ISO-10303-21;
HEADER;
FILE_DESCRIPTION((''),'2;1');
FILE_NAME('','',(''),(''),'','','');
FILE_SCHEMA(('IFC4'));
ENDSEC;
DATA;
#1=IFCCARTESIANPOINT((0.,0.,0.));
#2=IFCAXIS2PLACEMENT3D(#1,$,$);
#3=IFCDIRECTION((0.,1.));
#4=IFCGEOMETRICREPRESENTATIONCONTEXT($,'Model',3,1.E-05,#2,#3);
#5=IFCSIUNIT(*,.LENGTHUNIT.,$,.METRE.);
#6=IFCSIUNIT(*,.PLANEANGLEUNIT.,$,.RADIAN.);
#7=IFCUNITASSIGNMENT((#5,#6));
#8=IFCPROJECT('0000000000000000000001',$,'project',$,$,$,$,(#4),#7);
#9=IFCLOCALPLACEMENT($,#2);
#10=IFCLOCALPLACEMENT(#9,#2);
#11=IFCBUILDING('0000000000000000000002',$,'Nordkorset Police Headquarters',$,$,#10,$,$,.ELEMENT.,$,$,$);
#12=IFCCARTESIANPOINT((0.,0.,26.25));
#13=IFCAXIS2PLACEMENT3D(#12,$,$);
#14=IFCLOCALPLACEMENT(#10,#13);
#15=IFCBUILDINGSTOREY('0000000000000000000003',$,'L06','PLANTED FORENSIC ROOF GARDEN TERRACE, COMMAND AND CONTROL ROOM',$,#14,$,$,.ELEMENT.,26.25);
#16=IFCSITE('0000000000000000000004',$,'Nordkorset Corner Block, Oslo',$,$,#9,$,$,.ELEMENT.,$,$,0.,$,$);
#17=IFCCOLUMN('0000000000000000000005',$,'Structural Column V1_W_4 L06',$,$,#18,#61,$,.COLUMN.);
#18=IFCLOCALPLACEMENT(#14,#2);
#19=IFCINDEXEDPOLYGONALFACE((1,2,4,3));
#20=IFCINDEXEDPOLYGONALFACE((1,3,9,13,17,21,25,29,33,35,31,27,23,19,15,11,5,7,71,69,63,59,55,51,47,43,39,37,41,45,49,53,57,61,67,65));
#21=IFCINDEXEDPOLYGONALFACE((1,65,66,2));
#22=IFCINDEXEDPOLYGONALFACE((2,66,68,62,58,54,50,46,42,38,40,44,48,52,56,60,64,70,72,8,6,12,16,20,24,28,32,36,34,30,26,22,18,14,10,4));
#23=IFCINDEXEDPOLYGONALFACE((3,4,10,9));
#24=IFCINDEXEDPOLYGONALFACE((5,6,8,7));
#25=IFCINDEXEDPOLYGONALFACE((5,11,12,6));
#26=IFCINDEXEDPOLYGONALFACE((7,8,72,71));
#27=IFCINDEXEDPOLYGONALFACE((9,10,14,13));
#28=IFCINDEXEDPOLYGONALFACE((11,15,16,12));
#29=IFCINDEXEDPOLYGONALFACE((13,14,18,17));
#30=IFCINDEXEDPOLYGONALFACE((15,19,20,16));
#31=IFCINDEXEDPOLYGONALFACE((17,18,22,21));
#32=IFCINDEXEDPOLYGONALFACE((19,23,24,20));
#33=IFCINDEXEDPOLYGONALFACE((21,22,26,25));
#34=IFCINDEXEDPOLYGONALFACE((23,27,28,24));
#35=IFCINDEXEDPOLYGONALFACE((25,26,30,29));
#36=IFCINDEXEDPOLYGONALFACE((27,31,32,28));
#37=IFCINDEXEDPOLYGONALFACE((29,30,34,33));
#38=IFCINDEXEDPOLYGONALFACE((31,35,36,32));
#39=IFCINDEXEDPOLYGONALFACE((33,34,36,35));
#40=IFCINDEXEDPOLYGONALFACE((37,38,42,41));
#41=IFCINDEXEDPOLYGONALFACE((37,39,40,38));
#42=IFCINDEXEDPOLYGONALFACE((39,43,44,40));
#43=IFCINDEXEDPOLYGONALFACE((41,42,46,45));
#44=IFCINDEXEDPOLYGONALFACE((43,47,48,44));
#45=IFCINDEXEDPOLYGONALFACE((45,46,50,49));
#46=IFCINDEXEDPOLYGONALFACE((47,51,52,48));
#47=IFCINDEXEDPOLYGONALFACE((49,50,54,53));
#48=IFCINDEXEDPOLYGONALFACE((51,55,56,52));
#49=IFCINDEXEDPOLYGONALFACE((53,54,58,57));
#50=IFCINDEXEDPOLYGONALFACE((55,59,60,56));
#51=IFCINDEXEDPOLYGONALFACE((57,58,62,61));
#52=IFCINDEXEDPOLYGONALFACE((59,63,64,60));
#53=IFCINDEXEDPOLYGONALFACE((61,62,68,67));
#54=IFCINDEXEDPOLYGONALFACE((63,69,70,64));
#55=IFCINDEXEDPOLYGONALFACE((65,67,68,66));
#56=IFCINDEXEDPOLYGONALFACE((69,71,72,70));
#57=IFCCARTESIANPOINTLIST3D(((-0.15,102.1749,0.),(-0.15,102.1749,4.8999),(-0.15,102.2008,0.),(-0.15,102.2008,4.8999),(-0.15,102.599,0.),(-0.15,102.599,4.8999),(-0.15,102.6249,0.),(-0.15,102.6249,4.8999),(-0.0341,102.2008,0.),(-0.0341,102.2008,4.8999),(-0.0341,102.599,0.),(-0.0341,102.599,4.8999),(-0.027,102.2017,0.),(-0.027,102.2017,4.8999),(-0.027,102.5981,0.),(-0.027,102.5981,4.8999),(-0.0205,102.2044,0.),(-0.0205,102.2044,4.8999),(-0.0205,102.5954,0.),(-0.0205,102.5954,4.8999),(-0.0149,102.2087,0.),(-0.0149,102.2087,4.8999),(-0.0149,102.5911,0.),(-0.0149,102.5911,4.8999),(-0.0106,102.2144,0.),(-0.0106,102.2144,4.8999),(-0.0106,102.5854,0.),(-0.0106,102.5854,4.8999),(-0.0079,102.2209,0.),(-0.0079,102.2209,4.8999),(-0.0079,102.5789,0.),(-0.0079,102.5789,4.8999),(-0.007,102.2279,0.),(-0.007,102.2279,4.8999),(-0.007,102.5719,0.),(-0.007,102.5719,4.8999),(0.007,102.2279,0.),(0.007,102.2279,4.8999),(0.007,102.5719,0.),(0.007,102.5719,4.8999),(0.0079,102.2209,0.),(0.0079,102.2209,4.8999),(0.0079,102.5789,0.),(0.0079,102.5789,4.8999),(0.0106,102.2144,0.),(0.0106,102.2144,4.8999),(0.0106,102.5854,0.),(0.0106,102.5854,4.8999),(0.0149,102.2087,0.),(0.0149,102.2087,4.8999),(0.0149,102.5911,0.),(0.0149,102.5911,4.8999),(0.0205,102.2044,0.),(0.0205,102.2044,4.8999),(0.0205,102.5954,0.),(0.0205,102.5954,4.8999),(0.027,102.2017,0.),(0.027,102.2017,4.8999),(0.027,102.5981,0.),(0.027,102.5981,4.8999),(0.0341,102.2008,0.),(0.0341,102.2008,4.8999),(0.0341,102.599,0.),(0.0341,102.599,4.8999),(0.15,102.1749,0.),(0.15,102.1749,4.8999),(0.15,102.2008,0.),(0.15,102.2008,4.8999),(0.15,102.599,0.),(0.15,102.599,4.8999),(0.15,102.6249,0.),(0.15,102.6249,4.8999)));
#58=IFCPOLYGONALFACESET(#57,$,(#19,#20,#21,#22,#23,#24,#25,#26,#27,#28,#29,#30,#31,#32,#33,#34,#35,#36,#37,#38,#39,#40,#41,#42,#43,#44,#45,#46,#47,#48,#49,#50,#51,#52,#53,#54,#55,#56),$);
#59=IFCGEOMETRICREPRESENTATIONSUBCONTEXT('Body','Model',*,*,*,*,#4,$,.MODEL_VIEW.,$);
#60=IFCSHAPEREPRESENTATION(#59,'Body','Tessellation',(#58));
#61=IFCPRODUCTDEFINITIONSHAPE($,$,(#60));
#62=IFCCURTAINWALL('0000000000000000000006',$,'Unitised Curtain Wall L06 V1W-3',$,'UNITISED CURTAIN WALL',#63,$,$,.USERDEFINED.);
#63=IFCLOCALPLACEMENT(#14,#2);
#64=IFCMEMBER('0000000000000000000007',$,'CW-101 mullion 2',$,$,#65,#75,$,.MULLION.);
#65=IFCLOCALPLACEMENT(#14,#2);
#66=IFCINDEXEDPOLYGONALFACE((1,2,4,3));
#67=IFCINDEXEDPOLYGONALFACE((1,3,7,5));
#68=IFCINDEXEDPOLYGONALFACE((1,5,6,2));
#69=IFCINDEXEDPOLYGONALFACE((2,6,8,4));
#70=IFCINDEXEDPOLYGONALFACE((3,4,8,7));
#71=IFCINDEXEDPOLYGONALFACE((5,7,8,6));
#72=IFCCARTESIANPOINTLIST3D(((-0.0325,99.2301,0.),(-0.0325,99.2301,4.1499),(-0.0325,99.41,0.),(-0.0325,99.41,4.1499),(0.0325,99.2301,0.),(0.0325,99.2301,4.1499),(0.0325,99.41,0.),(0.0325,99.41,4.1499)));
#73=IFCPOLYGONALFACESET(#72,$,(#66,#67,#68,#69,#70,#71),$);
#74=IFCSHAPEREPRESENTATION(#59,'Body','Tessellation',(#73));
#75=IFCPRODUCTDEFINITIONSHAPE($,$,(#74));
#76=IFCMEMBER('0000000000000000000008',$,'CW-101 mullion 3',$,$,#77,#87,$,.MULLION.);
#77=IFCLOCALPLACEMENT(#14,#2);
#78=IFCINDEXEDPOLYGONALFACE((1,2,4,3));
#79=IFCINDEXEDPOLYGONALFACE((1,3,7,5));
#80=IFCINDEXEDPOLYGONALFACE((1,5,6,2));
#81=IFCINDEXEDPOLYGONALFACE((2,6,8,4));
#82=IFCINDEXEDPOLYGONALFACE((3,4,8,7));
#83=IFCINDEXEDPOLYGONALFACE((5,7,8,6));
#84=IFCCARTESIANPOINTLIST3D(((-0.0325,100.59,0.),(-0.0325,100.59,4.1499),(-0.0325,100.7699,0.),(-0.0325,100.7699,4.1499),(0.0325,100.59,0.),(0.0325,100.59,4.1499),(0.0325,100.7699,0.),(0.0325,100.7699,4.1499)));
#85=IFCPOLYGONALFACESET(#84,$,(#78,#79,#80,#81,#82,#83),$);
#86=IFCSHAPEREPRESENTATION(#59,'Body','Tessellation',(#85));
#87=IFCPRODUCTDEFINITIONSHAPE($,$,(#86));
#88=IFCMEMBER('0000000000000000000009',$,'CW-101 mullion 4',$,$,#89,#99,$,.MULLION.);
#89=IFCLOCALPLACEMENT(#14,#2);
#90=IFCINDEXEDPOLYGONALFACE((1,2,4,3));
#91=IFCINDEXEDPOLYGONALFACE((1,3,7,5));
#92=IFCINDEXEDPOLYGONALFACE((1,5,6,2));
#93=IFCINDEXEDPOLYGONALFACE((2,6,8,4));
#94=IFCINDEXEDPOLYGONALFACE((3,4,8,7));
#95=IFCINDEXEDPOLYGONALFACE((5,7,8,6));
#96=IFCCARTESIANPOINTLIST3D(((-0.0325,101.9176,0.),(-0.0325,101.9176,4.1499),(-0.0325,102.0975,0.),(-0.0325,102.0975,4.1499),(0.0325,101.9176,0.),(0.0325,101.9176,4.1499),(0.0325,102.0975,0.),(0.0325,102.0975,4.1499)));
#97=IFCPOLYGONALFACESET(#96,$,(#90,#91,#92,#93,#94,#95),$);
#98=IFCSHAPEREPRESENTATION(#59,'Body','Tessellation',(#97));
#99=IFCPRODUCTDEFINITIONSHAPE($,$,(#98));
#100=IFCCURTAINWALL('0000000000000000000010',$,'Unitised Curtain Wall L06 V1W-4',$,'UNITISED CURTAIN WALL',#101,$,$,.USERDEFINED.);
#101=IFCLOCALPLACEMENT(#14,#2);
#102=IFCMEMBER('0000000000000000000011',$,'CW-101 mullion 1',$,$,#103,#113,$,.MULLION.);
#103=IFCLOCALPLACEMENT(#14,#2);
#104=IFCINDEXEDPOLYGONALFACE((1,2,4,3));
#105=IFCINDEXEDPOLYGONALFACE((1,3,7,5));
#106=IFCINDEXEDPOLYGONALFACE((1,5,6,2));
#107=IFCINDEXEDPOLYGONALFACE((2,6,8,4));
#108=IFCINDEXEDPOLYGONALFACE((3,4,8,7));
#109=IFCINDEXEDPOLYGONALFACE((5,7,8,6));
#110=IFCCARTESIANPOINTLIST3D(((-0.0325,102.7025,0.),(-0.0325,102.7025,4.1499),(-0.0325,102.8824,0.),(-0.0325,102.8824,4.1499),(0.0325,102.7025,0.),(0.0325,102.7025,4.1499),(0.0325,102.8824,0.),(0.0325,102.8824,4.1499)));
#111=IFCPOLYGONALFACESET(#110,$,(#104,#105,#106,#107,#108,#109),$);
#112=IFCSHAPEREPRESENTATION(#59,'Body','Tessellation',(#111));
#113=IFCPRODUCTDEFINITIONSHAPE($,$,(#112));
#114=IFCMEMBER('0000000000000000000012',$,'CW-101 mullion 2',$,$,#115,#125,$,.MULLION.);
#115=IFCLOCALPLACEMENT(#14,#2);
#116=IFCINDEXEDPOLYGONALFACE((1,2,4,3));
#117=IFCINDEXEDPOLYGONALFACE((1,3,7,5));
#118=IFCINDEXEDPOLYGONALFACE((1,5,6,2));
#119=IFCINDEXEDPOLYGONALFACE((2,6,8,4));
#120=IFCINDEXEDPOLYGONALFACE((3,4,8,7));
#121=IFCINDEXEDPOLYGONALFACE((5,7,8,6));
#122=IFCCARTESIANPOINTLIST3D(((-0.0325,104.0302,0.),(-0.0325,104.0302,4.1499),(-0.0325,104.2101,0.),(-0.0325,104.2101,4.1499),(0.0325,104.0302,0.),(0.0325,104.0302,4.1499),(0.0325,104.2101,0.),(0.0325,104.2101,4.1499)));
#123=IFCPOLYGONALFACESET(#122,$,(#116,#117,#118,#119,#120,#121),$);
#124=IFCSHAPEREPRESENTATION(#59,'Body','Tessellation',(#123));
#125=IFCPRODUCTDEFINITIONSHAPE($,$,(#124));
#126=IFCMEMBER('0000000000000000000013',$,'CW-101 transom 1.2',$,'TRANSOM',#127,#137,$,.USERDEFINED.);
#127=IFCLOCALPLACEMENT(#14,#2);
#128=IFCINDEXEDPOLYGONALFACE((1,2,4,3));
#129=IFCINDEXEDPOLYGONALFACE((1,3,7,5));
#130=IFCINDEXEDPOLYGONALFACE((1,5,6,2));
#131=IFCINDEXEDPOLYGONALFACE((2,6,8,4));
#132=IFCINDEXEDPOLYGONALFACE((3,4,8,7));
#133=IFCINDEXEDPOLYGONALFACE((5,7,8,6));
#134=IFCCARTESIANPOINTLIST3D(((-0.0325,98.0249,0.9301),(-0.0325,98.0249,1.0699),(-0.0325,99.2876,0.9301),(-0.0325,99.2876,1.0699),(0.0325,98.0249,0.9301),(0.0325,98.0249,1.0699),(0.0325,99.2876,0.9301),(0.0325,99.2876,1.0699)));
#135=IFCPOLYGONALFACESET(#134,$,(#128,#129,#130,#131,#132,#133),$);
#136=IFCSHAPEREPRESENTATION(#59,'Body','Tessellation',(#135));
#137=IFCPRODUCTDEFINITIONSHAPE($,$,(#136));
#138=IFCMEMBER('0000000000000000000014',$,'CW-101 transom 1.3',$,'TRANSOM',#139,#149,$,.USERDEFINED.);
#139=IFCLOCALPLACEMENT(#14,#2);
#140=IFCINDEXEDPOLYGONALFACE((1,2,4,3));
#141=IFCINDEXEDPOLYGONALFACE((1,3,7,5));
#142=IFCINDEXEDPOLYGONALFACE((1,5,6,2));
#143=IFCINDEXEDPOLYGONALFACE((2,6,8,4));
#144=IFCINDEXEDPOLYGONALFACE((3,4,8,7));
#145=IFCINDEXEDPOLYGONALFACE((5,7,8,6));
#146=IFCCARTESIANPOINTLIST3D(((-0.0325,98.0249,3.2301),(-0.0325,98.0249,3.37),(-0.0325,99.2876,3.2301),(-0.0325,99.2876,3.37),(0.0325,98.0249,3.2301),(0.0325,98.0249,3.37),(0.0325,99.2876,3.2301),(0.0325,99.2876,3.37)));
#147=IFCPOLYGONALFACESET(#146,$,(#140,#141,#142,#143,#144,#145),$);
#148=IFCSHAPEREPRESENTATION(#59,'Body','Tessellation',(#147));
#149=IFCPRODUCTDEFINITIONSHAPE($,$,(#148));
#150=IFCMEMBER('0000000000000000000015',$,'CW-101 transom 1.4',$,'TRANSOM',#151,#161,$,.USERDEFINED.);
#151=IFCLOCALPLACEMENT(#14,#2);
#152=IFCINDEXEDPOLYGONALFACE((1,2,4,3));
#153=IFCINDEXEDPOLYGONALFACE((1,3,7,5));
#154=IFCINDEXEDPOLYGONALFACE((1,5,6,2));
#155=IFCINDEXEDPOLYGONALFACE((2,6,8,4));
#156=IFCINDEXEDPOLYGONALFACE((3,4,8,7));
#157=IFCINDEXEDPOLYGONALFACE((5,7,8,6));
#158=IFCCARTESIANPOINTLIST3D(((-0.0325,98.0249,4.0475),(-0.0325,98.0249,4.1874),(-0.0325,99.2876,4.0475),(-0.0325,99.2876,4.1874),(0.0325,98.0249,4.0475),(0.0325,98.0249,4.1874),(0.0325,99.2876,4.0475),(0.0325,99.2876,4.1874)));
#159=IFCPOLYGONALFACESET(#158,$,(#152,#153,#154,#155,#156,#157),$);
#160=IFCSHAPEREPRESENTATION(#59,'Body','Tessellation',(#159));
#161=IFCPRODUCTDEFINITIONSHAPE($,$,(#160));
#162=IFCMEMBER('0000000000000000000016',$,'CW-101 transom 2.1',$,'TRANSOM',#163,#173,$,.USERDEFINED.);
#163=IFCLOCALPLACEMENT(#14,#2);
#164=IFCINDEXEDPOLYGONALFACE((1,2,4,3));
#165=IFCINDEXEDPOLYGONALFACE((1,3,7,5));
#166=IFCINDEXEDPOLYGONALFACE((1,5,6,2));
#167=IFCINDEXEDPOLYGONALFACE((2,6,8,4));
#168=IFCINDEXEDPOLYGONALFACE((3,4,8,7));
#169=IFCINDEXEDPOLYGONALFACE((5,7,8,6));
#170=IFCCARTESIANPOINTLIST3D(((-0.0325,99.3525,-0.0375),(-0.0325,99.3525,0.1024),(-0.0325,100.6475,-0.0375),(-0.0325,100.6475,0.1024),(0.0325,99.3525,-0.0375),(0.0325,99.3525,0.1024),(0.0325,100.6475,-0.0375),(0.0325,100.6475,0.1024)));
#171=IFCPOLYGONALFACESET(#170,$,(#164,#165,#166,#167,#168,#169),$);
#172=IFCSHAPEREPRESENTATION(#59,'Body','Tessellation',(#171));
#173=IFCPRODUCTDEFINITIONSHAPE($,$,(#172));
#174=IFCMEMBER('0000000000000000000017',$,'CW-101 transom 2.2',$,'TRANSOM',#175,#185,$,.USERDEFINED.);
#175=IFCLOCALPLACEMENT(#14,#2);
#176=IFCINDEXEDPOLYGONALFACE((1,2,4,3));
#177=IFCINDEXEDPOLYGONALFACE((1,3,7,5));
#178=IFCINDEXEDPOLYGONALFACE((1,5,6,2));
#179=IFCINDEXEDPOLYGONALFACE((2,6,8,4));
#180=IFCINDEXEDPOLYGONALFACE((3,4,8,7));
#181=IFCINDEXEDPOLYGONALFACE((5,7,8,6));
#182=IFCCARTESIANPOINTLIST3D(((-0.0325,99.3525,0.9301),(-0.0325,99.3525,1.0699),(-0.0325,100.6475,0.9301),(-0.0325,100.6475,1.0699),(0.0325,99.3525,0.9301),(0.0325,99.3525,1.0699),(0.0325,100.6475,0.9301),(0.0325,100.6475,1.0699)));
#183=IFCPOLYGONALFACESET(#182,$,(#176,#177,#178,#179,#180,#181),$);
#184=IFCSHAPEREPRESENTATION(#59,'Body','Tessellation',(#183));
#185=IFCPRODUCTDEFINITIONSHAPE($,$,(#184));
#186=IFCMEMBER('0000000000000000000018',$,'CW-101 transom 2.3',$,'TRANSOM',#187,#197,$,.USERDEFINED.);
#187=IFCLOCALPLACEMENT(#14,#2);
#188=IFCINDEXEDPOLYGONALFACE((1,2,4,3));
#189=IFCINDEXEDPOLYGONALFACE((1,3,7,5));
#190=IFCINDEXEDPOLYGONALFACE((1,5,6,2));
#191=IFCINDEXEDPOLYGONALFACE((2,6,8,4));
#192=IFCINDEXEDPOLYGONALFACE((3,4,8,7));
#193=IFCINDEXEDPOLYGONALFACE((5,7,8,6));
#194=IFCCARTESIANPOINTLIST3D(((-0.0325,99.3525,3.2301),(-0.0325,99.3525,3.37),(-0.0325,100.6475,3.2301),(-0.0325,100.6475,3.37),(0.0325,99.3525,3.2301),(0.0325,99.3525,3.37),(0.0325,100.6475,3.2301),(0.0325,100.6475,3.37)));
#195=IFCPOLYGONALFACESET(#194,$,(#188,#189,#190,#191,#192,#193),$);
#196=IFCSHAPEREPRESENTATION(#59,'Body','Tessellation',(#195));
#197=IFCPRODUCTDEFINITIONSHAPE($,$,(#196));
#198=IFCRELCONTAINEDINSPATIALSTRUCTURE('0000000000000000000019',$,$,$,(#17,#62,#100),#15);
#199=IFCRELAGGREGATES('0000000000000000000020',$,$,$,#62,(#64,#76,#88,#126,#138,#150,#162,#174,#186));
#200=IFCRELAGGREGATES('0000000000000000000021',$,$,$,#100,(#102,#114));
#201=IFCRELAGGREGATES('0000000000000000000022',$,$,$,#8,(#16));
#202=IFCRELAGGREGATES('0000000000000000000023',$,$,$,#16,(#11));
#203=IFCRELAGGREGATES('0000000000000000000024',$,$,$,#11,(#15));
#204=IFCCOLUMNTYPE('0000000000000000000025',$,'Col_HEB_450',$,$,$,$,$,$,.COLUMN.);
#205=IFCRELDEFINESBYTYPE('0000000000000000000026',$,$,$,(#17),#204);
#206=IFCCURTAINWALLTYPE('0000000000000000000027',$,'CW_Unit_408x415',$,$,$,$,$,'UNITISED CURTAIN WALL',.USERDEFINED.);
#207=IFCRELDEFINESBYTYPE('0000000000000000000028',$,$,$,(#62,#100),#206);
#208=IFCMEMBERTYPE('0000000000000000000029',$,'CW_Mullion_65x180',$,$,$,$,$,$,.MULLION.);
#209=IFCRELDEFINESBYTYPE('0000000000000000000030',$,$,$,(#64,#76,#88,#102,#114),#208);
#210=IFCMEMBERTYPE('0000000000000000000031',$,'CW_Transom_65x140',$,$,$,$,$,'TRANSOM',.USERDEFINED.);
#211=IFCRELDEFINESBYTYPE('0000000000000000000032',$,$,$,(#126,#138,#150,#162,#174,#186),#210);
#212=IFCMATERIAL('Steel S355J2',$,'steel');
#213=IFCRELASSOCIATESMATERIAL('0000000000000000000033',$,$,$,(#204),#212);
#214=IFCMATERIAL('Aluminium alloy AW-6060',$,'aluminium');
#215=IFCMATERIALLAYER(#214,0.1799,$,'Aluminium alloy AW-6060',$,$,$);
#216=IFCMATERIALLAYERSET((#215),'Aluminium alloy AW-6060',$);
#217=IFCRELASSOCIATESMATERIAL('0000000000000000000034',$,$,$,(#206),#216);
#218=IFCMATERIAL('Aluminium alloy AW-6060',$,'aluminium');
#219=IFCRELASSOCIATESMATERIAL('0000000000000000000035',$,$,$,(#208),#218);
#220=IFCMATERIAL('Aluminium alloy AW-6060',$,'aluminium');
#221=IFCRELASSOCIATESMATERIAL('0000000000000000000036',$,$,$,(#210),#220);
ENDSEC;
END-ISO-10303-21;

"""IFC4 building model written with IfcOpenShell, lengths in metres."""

from ifc_helpers import new_model, si_unit, direction, frame, origin, origin_2d, place, context, subcontext, project, spatial, rectangle, i_section, extrude, material, layer, layer_set, material_profile, profile_set, type_object, element, aggregate, save


model = new_model("IFC4")

# Units and contexts
model_context = context("Model", 3, precision=1e-05, world=origin(), true_north=direction((0.0, 1.0)))
body_context = subcontext(model_context, "Body", "Model", "MODEL_VIEW")
ifc_project = project(units=[si_unit("LENGTHUNIT", "METRE"), si_unit("PLANEANGLEUNIT", "RADIAN")], contexts=[model_context])

# Site, building, storey
site_placement = place(None, origin())
site = spatial("IfcSite", under=ifc_project, at=site_placement, Name="Nordkorset Corner Block, Oslo", CompositionType="ELEMENT", RefElevation=0.0)
building_placement = place(site_placement, origin())
building = spatial("IfcBuilding", under=site, at=building_placement, Name="Nordkorset Police Headquarters", CompositionType="ELEMENT")
storey_placement = place(building_placement, frame((0.0, 0.0, 26.25)))
storey = spatial("IfcBuildingStorey", under=building, at=storey_placement, Name="L06", Description="PLANTED FORENSIC ROOF GARDEN TERRACE, COMMAND AND CONTROL ROOM", CompositionType="ELEMENT", Elevation=26.25)

# Column
ifc_material_1 = material(Name="Steel S355J2", Category="steel")
ifc_material_profile_1 = material_profile(ifc_material_1, i_section(OverallWidth=0.3, OverallDepth=0.45, WebThickness=0.0139, FlangeThickness=0.0259, FilletRadius=0.0271, at=origin_2d()), Name="HEB 450")
ifc_profile_set_1 = profile_set([ifc_material_profile_1], Name="Steel S355J2")
column_type = type_object("IfcColumnType", Name="Col_HEB_450", PredefinedType="COLUMN", material=ifc_profile_set_1)
column_placement = place(storey_placement, frame((0.0, 102.3999, 0.0), z_axis=(0.0, 0.0, 1.0), x_axis=(1.0, 0.0, 0.0)))
element("IfcColumn", 1, at=column_placement, inside=storey, type_object=column_type, Name="Structural Column V1_W_4 L06", PredefinedType="COLUMN", context=body_context, shape_type="SweptSolid", body=[
    extrude(i_section(OverallWidth=0.3, OverallDepth=0.45, WebThickness=0.0139, FlangeThickness=0.0259, FilletRadius=0.0271, at=origin_2d()), origin(), (0.0, 0.0, 1.0), 4.8999),
])

# Curtain walls, members
ifc_material_2 = material(Name="Aluminium alloy AW-6060", Category="aluminium")
ifc_layer_1 = layer(ifc_material_2, 0.1799, Name="Aluminium alloy AW-6060")
ifc_layer_set_1 = layer_set([ifc_layer_1], Name="Aluminium alloy AW-6060")
curtain_wall_type = type_object("IfcCurtainWallType", Name="CW_Unit_408x415", ElementType="UNITISED CURTAIN WALL", PredefinedType="USERDEFINED", material=ifc_layer_set_1)
curtain_wall_1_placement = place(storey_placement, origin())
curtain_wall_1 = element("IfcCurtainWall", 2, at=curtain_wall_1_placement, inside=storey, type_object=curtain_wall_type, Name="Unitised Curtain Wall L06 V1W-3", ObjectType="UNITISED CURTAIN WALL", PredefinedType="USERDEFINED")
ifc_material_3 = material(Name="Aluminium alloy AW-6060", Category="aluminium")
ifc_material_profile_2 = material_profile(ifc_material_3, rectangle(XDim=0.0649, YDim=0.1799, at=origin_2d()), Name="ALU MULL 65x180")
ifc_profile_set_2 = profile_set([ifc_material_profile_2], Name="Aluminium alloy AW-6060")
member_type_1 = type_object("IfcMemberType", Name="CW_Mullion_65x180", PredefinedType="MULLION", material=ifc_profile_set_2)
member_1_placement = place(storey_placement, frame((0.0, 99.3201, 0.0), z_axis=(0.0, 0.0, 1.0), x_axis=(-1.0, 0.0, 0.0)))
member_1 = element("IfcMember", 3, at=member_1_placement, type_object=member_type_1, Name="CW-101 mullion 2", PredefinedType="MULLION", context=body_context, shape_type="SweptSolid", body=[
    extrude(rectangle(XDim=0.0649, YDim=0.1799, at=origin_2d()), origin(), (0.0, 0.0, 1.0), 4.1499),
])
member_2_placement = place(storey_placement, frame((0.0, 100.6799, 0.0), z_axis=(0.0, 0.0, 1.0), x_axis=(-1.0, 0.0, 0.0)))
member_2 = element("IfcMember", 4, at=member_2_placement, type_object=member_type_1, Name="CW-101 mullion 3", PredefinedType="MULLION", context=body_context, shape_type="SweptSolid", body=[
    extrude(rectangle(XDim=0.0649, YDim=0.1799, at=origin_2d()), origin(), (0.0, 0.0, 1.0), 4.1499),
])
member_3_placement = place(storey_placement, frame((0.0, 102.0076, 0.0), z_axis=(0.0, 0.0, 1.0), x_axis=(-1.0, 0.0, 0.0)))
member_3 = element("IfcMember", 5, at=member_3_placement, type_object=member_type_1, Name="CW-101 mullion 4", PredefinedType="MULLION", context=body_context, shape_type="SweptSolid", body=[
    extrude(rectangle(XDim=0.0649, YDim=0.1799, at=origin_2d()), origin(), (0.0, 0.0, 1.0), 4.1499),
])
curtain_wall_2_placement = place(storey_placement, origin())
curtain_wall_2 = element("IfcCurtainWall", 6, at=curtain_wall_2_placement, inside=storey, type_object=curtain_wall_type, Name="Unitised Curtain Wall L06 V1W-4", ObjectType="UNITISED CURTAIN WALL", PredefinedType="USERDEFINED")
member_4_placement = place(storey_placement, frame((0.0, 102.7925, 0.0), z_axis=(0.0, 0.0, 1.0), x_axis=(-1.0, 0.0, 0.0)))
member_4 = element("IfcMember", 7, at=member_4_placement, type_object=member_type_1, Name="CW-101 mullion 1", PredefinedType="MULLION", context=body_context, shape_type="SweptSolid", body=[
    extrude(rectangle(XDim=0.0649, YDim=0.1799, at=origin_2d()), origin(), (0.0, 0.0, 1.0), 4.1499),
])
member_5_placement = place(storey_placement, frame((0.0, 104.1201, 0.0), z_axis=(0.0, 0.0, 1.0), x_axis=(-1.0, 0.0, 0.0)))
member_5 = element("IfcMember", 8, at=member_5_placement, type_object=member_type_1, Name="CW-101 mullion 2", PredefinedType="MULLION", context=body_context, shape_type="SweptSolid", body=[
    extrude(rectangle(XDim=0.0649, YDim=0.1799, at=origin_2d()), origin(), (0.0, 0.0, 1.0), 4.1499),
])

# Members
ifc_material_4 = material(Name="Aluminium alloy AW-6060", Category="aluminium")
ifc_material_profile_3 = material_profile(ifc_material_4, rectangle(XDim=0.0649, YDim=0.1399, at=origin_2d()), Name="ALU TRAN 65x140")
ifc_profile_set_3 = profile_set([ifc_material_profile_3], Name="Aluminium alloy AW-6060")
member_type_2 = type_object("IfcMemberType", Name="CW_Transom_65x140", ElementType="TRANSOM", PredefinedType="USERDEFINED", material=ifc_profile_set_3)
member_6_placement = place(storey_placement, frame((0.0, 98.0249, 1.0), z_axis=(0.0, 1.0, 0.0), x_axis=(-1.0, 0.0, 0.0)))
member_6 = element("IfcMember", 9, at=member_6_placement, type_object=member_type_2, Name="CW-101 transom 1.2", ObjectType="TRANSOM", PredefinedType="USERDEFINED", context=body_context, shape_type="SweptSolid", body=[
    extrude(rectangle(XDim=0.0649, YDim=0.1399, at=origin_2d()), origin(), (0.0, 0.0, 1.0), 1.2627),
])
member_7_placement = place(storey_placement, frame((0.0, 98.0249, 3.3), z_axis=(0.0, 1.0, 0.0), x_axis=(-1.0, 0.0, 0.0)))
member_7 = element("IfcMember", 10, at=member_7_placement, type_object=member_type_2, Name="CW-101 transom 1.3", ObjectType="TRANSOM", PredefinedType="USERDEFINED", context=body_context, shape_type="SweptSolid", body=[
    extrude(rectangle(XDim=0.0649, YDim=0.1399, at=origin_2d()), origin(), (0.0, 0.0, 1.0), 1.2627),
])
member_8_placement = place(storey_placement, frame((0.0, 98.0249, 4.1174), z_axis=(0.0, 1.0, 0.0), x_axis=(-1.0, 0.0, 0.0)))
member_8 = element("IfcMember", 11, at=member_8_placement, type_object=member_type_2, Name="CW-101 transom 1.4", ObjectType="TRANSOM", PredefinedType="USERDEFINED", context=body_context, shape_type="SweptSolid", body=[
    extrude(rectangle(XDim=0.0649, YDim=0.1399, at=origin_2d()), origin(), (0.0, 0.0, 1.0), 1.2627),
])
member_9_placement = place(storey_placement, frame((0.0, 99.3525, 0.0325), z_axis=(0.0, 1.0, 0.0), x_axis=(-1.0, 0.0, 0.0)))
member_9 = element("IfcMember", 12, at=member_9_placement, type_object=member_type_2, Name="CW-101 transom 2.1", ObjectType="TRANSOM", PredefinedType="USERDEFINED", context=body_context, shape_type="SweptSolid", body=[
    extrude(rectangle(XDim=0.0649, YDim=0.1399, at=origin_2d()), origin(), (0.0, 0.0, 1.0), 1.2949),
])
member_10_placement = place(storey_placement, frame((0.0, 99.3525, 1.0), z_axis=(0.0, 1.0, 0.0), x_axis=(-1.0, 0.0, 0.0)))
member_10 = element("IfcMember", 13, at=member_10_placement, type_object=member_type_2, Name="CW-101 transom 2.2", ObjectType="TRANSOM", PredefinedType="USERDEFINED", context=body_context, shape_type="SweptSolid", body=[
    extrude(rectangle(XDim=0.0649, YDim=0.1399, at=origin_2d()), origin(), (0.0, 0.0, 1.0), 1.2949),
])
member_11_placement = place(storey_placement, frame((0.0, 99.3525, 3.3), z_axis=(0.0, 1.0, 0.0), x_axis=(-1.0, 0.0, 0.0)))
member_11 = element("IfcMember", 14, at=member_11_placement, type_object=member_type_2, Name="CW-101 transom 2.3", ObjectType="TRANSOM", PredefinedType="USERDEFINED", context=body_context, shape_type="SweptSolid", body=[
    extrude(rectangle(XDim=0.0649, YDim=0.1399, at=origin_2d()), origin(), (0.0, 0.0, 1.0), 1.2949),
])

aggregate(curtain_wall_1, [member_1, member_2, member_3, member_6, member_7, member_8, member_9, member_10, member_11])
aggregate(curtain_wall_2, [member_4, member_5])

save(model, "model.ifc")
